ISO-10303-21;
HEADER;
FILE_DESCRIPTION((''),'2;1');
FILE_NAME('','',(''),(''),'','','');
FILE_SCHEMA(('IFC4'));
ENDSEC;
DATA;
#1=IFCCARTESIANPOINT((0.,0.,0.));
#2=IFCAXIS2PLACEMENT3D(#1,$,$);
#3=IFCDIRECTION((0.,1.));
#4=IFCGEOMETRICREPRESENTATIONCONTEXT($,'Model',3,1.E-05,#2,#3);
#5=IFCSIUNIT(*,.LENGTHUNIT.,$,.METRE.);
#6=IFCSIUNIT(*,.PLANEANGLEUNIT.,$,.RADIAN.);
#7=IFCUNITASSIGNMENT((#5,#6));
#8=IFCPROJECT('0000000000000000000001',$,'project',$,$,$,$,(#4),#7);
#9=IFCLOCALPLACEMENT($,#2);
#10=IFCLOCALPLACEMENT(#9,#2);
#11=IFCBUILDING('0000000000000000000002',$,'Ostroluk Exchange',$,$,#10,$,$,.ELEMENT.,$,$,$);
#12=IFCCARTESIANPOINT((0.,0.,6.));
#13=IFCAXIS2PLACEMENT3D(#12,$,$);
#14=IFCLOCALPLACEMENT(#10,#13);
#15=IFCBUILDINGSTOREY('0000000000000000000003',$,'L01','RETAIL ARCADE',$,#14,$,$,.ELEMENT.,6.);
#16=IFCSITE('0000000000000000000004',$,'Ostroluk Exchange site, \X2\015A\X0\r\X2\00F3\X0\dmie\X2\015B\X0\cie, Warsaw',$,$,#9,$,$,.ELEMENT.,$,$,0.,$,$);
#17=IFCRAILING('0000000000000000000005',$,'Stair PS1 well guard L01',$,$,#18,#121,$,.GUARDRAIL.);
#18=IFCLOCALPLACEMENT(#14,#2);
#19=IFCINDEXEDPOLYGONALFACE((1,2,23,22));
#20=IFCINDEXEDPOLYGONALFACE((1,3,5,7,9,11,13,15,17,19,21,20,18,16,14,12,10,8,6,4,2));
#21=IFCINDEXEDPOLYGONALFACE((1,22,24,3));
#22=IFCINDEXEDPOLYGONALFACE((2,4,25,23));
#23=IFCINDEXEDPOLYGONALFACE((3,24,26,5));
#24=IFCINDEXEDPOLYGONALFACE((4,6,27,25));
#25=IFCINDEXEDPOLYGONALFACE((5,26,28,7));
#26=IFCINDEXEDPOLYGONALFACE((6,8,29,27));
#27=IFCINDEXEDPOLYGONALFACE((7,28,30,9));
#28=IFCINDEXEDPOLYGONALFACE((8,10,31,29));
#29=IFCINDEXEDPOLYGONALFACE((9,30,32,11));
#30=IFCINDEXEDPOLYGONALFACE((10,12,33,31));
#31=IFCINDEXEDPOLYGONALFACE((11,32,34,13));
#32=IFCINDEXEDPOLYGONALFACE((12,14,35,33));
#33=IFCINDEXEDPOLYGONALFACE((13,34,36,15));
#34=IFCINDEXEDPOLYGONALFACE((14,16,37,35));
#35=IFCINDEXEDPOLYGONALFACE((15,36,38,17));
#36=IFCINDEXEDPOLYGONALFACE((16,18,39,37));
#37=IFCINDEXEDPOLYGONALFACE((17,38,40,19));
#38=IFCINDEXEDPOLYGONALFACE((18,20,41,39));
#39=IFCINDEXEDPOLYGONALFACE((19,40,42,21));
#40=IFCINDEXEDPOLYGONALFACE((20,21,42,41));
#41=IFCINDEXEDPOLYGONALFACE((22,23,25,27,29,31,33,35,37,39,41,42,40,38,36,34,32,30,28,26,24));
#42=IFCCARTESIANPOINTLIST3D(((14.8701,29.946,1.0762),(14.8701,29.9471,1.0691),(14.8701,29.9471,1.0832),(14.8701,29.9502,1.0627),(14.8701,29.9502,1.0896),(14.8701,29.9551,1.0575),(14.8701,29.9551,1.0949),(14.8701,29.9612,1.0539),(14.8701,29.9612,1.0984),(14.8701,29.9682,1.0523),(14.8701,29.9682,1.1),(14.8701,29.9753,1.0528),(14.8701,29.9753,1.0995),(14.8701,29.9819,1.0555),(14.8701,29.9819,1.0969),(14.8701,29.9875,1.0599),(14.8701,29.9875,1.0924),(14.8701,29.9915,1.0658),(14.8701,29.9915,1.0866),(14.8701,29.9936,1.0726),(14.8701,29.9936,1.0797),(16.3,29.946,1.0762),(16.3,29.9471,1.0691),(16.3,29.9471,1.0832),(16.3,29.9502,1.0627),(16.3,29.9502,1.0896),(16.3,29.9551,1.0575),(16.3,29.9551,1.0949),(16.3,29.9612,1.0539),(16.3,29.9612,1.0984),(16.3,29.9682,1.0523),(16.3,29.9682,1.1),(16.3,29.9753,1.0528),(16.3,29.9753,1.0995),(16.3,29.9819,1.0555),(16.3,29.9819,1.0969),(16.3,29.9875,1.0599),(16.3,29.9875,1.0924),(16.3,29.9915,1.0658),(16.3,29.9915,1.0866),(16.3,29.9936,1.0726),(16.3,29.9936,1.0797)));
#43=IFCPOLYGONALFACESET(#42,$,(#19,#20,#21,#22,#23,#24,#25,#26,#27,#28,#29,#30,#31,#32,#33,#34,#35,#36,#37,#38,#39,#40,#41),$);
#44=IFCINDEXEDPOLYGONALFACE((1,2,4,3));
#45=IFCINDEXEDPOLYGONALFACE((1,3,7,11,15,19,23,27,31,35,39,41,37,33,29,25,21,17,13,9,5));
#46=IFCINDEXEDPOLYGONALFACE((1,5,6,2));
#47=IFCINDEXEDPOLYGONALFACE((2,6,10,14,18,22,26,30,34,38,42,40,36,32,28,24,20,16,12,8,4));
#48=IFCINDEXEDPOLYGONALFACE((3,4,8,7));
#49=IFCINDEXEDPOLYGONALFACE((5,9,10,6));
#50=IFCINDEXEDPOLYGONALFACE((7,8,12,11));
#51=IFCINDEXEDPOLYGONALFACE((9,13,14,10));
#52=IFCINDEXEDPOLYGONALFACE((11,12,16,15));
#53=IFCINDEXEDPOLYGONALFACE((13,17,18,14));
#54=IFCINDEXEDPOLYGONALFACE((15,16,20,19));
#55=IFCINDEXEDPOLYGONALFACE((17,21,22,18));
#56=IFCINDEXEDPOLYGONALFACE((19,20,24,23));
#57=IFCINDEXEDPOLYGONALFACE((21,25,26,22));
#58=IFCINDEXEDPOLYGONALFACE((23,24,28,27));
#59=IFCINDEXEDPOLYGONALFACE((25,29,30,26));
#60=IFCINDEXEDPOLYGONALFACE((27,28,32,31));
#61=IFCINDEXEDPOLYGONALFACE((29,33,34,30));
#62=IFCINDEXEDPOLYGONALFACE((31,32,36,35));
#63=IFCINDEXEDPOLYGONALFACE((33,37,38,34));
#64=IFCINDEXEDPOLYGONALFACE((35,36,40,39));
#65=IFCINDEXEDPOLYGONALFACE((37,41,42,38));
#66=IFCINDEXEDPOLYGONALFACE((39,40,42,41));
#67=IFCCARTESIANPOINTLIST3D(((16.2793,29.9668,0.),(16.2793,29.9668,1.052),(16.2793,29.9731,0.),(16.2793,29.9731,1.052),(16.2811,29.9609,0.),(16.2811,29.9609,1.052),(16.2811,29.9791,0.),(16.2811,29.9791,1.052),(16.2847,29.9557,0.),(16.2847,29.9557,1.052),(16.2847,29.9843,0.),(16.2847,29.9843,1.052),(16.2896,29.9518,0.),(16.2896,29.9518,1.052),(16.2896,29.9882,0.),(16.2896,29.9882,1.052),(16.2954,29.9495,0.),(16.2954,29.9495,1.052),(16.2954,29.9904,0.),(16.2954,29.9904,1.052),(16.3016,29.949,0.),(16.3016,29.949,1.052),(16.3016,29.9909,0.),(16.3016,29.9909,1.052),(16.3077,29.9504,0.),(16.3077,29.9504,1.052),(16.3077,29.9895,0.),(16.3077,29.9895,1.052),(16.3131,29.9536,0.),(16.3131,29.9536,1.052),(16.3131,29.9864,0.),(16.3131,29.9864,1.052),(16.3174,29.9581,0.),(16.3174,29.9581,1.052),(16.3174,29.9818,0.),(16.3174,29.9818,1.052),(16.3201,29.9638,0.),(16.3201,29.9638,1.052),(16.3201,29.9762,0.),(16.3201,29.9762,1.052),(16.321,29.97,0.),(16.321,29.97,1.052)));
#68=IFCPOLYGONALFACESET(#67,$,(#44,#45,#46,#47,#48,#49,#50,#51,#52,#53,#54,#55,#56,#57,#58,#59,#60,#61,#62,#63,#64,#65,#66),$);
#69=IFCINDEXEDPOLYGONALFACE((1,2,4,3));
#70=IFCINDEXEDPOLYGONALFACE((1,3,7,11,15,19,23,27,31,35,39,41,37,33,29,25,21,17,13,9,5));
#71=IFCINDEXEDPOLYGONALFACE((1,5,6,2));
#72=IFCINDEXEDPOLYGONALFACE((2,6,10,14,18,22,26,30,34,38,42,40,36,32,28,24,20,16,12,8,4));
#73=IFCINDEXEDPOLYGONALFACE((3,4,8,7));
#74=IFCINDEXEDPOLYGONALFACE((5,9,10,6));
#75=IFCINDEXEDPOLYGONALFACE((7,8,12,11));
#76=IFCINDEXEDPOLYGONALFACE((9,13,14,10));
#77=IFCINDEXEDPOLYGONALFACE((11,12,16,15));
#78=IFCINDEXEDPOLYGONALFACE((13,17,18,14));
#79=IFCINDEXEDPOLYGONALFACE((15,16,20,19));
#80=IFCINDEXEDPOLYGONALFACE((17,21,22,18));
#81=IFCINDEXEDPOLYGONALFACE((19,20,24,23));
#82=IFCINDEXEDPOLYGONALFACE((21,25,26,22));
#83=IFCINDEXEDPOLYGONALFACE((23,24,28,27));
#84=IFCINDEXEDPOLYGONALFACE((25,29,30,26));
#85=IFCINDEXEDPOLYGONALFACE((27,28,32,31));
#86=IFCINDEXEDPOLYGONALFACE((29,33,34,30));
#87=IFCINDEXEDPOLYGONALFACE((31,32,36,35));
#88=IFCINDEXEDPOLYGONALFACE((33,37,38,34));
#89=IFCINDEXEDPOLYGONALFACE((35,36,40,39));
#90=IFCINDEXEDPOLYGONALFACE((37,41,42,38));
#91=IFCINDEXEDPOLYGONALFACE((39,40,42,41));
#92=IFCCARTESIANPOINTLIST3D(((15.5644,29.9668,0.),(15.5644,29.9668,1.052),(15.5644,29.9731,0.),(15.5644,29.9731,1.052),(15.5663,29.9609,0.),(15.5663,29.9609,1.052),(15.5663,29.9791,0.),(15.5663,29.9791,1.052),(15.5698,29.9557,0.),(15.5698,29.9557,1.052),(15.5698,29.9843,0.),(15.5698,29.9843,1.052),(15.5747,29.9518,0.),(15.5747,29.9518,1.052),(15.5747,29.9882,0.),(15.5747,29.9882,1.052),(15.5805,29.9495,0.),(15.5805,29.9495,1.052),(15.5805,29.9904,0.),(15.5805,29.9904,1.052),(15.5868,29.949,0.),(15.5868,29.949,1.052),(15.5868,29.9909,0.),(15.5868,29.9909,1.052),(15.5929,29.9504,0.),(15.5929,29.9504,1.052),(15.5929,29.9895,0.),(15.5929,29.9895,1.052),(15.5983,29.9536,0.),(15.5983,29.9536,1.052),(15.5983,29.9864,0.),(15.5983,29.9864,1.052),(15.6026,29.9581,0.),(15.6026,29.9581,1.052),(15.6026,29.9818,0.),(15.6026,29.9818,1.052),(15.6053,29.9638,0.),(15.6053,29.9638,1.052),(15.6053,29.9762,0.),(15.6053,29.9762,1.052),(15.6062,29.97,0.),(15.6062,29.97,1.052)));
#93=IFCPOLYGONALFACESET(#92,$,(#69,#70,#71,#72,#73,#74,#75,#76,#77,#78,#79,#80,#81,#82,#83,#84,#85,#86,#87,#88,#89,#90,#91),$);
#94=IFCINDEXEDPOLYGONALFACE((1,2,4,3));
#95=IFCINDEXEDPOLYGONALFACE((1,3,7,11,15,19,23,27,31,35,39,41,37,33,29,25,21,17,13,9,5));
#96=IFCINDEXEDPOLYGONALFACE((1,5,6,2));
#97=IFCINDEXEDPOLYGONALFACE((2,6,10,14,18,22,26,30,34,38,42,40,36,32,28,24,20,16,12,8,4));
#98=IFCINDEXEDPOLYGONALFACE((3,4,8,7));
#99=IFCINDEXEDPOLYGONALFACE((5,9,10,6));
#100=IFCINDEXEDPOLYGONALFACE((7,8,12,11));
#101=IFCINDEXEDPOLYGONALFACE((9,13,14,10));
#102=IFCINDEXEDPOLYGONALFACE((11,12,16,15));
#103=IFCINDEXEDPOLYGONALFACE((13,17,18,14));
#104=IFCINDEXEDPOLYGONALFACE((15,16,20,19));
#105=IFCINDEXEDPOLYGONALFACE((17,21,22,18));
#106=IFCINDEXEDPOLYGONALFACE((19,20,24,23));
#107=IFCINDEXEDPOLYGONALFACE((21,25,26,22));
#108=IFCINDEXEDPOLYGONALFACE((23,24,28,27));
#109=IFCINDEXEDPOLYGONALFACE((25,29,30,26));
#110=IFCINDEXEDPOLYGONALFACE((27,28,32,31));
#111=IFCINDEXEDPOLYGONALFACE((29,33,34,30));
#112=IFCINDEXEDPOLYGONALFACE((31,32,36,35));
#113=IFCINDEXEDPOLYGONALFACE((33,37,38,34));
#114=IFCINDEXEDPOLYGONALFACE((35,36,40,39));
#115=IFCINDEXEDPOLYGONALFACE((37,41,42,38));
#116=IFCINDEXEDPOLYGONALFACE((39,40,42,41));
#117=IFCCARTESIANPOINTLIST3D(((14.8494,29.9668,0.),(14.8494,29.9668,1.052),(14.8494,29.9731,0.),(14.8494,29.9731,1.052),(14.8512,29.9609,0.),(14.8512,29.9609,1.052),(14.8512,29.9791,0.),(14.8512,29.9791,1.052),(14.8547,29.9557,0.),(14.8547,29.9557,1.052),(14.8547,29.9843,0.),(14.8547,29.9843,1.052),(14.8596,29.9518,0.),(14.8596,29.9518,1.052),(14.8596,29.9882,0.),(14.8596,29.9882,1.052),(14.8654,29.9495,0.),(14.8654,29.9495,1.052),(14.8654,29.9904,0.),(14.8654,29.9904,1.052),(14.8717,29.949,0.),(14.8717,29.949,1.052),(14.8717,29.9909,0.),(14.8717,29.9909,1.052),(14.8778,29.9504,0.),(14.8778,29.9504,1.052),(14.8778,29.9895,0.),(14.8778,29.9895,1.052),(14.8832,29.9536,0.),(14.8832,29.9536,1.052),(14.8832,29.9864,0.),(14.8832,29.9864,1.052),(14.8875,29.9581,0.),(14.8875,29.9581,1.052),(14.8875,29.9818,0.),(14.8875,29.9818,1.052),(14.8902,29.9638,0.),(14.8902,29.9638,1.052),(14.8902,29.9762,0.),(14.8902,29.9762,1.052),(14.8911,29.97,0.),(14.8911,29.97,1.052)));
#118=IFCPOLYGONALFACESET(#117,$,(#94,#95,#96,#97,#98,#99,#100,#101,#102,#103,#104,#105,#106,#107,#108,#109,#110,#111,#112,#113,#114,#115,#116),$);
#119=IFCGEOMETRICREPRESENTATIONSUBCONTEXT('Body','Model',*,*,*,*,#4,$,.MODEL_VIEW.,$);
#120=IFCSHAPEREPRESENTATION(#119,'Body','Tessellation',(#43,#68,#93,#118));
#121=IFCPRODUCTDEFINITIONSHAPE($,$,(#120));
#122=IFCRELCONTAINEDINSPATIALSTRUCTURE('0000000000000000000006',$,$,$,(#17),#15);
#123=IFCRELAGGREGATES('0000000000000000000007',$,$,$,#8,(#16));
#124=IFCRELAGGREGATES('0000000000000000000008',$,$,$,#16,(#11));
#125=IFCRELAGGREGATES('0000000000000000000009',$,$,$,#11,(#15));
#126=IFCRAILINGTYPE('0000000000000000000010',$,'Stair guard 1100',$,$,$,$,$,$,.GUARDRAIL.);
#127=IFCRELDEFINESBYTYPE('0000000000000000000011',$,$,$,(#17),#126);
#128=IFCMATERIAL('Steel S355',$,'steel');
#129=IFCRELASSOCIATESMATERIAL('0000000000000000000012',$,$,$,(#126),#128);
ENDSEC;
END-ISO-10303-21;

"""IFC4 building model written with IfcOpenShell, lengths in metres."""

from ifc_helpers import new_model, si_unit, direction, frame, origin, origin_2d, place, context, subcontext, project, spatial, circle, extrude, material, type_object, element, save


model = new_model("IFC4")

# Units and contexts
model_context = context("Model", 3, precision=1e-05, world=origin(), true_north=direction((0.0, 1.0)))
body_context = subcontext(model_context, "Body", "Model", "MODEL_VIEW")
ifc_project = project(units=[si_unit("LENGTHUNIT", "METRE"), si_unit("PLANEANGLEUNIT", "RADIAN")], contexts=[model_context])

# Site, building, storey
site_placement = place(None, origin())
site = spatial("IfcSite", under=ifc_project, at=site_placement, Name="Ostroluk Exchange site, Śródmieście, Warsaw", CompositionType="ELEMENT", RefElevation=0.0)
building_placement = place(site_placement, origin())
building = spatial("IfcBuilding", under=site, at=building_placement, Name="Ostroluk Exchange", CompositionType="ELEMENT")
storey_placement = place(building_placement, frame((0.0, 0.0, 6.0)))
storey = spatial("IfcBuildingStorey", under=building, at=storey_placement, Name="L01", Description="RETAIL ARCADE", CompositionType="ELEMENT", Elevation=6.0)

# Railing
ifc_material_1 = material(Name="Steel S355", Category="steel")
railing_type = type_object("IfcRailingType", Name="Stair guard 1100", PredefinedType="GUARDRAIL", material=ifc_material_1)
railing_placement = place(storey_placement, frame((16.3, 29.97, 0.0)))
element("IfcRailing", 1, at=railing_placement, inside=storey, type_object=railing_type, Name="Stair PS1 well guard L01", PredefinedType="GUARDRAIL", context=body_context, shape_type="SweptSolid", body=[
    extrude(circle(Radius=0.0239, at=origin_2d()), frame((0.0, 0.0, 1.0762), z_axis=(-1.0, 0.0, 0.0), x_axis=(0.0, -1.0, 0.0)), (0.0, 0.0, 1.0), 1.4299),
    extrude(circle(Radius=0.021, at=origin_2d()), origin(), (0.0, 0.0, 1.0), 1.052),
    extrude(circle(Radius=0.021, at=origin_2d()), frame((-0.7148, 0.0, 0.0)), (0.0, 0.0, 1.0), 1.052),
    extrude(circle(Radius=0.021, at=origin_2d()), frame((-1.4299, 0.0, 0.0)), (0.0, 0.0, 1.0), 1.052),
])

save(model, "model.ifc")
